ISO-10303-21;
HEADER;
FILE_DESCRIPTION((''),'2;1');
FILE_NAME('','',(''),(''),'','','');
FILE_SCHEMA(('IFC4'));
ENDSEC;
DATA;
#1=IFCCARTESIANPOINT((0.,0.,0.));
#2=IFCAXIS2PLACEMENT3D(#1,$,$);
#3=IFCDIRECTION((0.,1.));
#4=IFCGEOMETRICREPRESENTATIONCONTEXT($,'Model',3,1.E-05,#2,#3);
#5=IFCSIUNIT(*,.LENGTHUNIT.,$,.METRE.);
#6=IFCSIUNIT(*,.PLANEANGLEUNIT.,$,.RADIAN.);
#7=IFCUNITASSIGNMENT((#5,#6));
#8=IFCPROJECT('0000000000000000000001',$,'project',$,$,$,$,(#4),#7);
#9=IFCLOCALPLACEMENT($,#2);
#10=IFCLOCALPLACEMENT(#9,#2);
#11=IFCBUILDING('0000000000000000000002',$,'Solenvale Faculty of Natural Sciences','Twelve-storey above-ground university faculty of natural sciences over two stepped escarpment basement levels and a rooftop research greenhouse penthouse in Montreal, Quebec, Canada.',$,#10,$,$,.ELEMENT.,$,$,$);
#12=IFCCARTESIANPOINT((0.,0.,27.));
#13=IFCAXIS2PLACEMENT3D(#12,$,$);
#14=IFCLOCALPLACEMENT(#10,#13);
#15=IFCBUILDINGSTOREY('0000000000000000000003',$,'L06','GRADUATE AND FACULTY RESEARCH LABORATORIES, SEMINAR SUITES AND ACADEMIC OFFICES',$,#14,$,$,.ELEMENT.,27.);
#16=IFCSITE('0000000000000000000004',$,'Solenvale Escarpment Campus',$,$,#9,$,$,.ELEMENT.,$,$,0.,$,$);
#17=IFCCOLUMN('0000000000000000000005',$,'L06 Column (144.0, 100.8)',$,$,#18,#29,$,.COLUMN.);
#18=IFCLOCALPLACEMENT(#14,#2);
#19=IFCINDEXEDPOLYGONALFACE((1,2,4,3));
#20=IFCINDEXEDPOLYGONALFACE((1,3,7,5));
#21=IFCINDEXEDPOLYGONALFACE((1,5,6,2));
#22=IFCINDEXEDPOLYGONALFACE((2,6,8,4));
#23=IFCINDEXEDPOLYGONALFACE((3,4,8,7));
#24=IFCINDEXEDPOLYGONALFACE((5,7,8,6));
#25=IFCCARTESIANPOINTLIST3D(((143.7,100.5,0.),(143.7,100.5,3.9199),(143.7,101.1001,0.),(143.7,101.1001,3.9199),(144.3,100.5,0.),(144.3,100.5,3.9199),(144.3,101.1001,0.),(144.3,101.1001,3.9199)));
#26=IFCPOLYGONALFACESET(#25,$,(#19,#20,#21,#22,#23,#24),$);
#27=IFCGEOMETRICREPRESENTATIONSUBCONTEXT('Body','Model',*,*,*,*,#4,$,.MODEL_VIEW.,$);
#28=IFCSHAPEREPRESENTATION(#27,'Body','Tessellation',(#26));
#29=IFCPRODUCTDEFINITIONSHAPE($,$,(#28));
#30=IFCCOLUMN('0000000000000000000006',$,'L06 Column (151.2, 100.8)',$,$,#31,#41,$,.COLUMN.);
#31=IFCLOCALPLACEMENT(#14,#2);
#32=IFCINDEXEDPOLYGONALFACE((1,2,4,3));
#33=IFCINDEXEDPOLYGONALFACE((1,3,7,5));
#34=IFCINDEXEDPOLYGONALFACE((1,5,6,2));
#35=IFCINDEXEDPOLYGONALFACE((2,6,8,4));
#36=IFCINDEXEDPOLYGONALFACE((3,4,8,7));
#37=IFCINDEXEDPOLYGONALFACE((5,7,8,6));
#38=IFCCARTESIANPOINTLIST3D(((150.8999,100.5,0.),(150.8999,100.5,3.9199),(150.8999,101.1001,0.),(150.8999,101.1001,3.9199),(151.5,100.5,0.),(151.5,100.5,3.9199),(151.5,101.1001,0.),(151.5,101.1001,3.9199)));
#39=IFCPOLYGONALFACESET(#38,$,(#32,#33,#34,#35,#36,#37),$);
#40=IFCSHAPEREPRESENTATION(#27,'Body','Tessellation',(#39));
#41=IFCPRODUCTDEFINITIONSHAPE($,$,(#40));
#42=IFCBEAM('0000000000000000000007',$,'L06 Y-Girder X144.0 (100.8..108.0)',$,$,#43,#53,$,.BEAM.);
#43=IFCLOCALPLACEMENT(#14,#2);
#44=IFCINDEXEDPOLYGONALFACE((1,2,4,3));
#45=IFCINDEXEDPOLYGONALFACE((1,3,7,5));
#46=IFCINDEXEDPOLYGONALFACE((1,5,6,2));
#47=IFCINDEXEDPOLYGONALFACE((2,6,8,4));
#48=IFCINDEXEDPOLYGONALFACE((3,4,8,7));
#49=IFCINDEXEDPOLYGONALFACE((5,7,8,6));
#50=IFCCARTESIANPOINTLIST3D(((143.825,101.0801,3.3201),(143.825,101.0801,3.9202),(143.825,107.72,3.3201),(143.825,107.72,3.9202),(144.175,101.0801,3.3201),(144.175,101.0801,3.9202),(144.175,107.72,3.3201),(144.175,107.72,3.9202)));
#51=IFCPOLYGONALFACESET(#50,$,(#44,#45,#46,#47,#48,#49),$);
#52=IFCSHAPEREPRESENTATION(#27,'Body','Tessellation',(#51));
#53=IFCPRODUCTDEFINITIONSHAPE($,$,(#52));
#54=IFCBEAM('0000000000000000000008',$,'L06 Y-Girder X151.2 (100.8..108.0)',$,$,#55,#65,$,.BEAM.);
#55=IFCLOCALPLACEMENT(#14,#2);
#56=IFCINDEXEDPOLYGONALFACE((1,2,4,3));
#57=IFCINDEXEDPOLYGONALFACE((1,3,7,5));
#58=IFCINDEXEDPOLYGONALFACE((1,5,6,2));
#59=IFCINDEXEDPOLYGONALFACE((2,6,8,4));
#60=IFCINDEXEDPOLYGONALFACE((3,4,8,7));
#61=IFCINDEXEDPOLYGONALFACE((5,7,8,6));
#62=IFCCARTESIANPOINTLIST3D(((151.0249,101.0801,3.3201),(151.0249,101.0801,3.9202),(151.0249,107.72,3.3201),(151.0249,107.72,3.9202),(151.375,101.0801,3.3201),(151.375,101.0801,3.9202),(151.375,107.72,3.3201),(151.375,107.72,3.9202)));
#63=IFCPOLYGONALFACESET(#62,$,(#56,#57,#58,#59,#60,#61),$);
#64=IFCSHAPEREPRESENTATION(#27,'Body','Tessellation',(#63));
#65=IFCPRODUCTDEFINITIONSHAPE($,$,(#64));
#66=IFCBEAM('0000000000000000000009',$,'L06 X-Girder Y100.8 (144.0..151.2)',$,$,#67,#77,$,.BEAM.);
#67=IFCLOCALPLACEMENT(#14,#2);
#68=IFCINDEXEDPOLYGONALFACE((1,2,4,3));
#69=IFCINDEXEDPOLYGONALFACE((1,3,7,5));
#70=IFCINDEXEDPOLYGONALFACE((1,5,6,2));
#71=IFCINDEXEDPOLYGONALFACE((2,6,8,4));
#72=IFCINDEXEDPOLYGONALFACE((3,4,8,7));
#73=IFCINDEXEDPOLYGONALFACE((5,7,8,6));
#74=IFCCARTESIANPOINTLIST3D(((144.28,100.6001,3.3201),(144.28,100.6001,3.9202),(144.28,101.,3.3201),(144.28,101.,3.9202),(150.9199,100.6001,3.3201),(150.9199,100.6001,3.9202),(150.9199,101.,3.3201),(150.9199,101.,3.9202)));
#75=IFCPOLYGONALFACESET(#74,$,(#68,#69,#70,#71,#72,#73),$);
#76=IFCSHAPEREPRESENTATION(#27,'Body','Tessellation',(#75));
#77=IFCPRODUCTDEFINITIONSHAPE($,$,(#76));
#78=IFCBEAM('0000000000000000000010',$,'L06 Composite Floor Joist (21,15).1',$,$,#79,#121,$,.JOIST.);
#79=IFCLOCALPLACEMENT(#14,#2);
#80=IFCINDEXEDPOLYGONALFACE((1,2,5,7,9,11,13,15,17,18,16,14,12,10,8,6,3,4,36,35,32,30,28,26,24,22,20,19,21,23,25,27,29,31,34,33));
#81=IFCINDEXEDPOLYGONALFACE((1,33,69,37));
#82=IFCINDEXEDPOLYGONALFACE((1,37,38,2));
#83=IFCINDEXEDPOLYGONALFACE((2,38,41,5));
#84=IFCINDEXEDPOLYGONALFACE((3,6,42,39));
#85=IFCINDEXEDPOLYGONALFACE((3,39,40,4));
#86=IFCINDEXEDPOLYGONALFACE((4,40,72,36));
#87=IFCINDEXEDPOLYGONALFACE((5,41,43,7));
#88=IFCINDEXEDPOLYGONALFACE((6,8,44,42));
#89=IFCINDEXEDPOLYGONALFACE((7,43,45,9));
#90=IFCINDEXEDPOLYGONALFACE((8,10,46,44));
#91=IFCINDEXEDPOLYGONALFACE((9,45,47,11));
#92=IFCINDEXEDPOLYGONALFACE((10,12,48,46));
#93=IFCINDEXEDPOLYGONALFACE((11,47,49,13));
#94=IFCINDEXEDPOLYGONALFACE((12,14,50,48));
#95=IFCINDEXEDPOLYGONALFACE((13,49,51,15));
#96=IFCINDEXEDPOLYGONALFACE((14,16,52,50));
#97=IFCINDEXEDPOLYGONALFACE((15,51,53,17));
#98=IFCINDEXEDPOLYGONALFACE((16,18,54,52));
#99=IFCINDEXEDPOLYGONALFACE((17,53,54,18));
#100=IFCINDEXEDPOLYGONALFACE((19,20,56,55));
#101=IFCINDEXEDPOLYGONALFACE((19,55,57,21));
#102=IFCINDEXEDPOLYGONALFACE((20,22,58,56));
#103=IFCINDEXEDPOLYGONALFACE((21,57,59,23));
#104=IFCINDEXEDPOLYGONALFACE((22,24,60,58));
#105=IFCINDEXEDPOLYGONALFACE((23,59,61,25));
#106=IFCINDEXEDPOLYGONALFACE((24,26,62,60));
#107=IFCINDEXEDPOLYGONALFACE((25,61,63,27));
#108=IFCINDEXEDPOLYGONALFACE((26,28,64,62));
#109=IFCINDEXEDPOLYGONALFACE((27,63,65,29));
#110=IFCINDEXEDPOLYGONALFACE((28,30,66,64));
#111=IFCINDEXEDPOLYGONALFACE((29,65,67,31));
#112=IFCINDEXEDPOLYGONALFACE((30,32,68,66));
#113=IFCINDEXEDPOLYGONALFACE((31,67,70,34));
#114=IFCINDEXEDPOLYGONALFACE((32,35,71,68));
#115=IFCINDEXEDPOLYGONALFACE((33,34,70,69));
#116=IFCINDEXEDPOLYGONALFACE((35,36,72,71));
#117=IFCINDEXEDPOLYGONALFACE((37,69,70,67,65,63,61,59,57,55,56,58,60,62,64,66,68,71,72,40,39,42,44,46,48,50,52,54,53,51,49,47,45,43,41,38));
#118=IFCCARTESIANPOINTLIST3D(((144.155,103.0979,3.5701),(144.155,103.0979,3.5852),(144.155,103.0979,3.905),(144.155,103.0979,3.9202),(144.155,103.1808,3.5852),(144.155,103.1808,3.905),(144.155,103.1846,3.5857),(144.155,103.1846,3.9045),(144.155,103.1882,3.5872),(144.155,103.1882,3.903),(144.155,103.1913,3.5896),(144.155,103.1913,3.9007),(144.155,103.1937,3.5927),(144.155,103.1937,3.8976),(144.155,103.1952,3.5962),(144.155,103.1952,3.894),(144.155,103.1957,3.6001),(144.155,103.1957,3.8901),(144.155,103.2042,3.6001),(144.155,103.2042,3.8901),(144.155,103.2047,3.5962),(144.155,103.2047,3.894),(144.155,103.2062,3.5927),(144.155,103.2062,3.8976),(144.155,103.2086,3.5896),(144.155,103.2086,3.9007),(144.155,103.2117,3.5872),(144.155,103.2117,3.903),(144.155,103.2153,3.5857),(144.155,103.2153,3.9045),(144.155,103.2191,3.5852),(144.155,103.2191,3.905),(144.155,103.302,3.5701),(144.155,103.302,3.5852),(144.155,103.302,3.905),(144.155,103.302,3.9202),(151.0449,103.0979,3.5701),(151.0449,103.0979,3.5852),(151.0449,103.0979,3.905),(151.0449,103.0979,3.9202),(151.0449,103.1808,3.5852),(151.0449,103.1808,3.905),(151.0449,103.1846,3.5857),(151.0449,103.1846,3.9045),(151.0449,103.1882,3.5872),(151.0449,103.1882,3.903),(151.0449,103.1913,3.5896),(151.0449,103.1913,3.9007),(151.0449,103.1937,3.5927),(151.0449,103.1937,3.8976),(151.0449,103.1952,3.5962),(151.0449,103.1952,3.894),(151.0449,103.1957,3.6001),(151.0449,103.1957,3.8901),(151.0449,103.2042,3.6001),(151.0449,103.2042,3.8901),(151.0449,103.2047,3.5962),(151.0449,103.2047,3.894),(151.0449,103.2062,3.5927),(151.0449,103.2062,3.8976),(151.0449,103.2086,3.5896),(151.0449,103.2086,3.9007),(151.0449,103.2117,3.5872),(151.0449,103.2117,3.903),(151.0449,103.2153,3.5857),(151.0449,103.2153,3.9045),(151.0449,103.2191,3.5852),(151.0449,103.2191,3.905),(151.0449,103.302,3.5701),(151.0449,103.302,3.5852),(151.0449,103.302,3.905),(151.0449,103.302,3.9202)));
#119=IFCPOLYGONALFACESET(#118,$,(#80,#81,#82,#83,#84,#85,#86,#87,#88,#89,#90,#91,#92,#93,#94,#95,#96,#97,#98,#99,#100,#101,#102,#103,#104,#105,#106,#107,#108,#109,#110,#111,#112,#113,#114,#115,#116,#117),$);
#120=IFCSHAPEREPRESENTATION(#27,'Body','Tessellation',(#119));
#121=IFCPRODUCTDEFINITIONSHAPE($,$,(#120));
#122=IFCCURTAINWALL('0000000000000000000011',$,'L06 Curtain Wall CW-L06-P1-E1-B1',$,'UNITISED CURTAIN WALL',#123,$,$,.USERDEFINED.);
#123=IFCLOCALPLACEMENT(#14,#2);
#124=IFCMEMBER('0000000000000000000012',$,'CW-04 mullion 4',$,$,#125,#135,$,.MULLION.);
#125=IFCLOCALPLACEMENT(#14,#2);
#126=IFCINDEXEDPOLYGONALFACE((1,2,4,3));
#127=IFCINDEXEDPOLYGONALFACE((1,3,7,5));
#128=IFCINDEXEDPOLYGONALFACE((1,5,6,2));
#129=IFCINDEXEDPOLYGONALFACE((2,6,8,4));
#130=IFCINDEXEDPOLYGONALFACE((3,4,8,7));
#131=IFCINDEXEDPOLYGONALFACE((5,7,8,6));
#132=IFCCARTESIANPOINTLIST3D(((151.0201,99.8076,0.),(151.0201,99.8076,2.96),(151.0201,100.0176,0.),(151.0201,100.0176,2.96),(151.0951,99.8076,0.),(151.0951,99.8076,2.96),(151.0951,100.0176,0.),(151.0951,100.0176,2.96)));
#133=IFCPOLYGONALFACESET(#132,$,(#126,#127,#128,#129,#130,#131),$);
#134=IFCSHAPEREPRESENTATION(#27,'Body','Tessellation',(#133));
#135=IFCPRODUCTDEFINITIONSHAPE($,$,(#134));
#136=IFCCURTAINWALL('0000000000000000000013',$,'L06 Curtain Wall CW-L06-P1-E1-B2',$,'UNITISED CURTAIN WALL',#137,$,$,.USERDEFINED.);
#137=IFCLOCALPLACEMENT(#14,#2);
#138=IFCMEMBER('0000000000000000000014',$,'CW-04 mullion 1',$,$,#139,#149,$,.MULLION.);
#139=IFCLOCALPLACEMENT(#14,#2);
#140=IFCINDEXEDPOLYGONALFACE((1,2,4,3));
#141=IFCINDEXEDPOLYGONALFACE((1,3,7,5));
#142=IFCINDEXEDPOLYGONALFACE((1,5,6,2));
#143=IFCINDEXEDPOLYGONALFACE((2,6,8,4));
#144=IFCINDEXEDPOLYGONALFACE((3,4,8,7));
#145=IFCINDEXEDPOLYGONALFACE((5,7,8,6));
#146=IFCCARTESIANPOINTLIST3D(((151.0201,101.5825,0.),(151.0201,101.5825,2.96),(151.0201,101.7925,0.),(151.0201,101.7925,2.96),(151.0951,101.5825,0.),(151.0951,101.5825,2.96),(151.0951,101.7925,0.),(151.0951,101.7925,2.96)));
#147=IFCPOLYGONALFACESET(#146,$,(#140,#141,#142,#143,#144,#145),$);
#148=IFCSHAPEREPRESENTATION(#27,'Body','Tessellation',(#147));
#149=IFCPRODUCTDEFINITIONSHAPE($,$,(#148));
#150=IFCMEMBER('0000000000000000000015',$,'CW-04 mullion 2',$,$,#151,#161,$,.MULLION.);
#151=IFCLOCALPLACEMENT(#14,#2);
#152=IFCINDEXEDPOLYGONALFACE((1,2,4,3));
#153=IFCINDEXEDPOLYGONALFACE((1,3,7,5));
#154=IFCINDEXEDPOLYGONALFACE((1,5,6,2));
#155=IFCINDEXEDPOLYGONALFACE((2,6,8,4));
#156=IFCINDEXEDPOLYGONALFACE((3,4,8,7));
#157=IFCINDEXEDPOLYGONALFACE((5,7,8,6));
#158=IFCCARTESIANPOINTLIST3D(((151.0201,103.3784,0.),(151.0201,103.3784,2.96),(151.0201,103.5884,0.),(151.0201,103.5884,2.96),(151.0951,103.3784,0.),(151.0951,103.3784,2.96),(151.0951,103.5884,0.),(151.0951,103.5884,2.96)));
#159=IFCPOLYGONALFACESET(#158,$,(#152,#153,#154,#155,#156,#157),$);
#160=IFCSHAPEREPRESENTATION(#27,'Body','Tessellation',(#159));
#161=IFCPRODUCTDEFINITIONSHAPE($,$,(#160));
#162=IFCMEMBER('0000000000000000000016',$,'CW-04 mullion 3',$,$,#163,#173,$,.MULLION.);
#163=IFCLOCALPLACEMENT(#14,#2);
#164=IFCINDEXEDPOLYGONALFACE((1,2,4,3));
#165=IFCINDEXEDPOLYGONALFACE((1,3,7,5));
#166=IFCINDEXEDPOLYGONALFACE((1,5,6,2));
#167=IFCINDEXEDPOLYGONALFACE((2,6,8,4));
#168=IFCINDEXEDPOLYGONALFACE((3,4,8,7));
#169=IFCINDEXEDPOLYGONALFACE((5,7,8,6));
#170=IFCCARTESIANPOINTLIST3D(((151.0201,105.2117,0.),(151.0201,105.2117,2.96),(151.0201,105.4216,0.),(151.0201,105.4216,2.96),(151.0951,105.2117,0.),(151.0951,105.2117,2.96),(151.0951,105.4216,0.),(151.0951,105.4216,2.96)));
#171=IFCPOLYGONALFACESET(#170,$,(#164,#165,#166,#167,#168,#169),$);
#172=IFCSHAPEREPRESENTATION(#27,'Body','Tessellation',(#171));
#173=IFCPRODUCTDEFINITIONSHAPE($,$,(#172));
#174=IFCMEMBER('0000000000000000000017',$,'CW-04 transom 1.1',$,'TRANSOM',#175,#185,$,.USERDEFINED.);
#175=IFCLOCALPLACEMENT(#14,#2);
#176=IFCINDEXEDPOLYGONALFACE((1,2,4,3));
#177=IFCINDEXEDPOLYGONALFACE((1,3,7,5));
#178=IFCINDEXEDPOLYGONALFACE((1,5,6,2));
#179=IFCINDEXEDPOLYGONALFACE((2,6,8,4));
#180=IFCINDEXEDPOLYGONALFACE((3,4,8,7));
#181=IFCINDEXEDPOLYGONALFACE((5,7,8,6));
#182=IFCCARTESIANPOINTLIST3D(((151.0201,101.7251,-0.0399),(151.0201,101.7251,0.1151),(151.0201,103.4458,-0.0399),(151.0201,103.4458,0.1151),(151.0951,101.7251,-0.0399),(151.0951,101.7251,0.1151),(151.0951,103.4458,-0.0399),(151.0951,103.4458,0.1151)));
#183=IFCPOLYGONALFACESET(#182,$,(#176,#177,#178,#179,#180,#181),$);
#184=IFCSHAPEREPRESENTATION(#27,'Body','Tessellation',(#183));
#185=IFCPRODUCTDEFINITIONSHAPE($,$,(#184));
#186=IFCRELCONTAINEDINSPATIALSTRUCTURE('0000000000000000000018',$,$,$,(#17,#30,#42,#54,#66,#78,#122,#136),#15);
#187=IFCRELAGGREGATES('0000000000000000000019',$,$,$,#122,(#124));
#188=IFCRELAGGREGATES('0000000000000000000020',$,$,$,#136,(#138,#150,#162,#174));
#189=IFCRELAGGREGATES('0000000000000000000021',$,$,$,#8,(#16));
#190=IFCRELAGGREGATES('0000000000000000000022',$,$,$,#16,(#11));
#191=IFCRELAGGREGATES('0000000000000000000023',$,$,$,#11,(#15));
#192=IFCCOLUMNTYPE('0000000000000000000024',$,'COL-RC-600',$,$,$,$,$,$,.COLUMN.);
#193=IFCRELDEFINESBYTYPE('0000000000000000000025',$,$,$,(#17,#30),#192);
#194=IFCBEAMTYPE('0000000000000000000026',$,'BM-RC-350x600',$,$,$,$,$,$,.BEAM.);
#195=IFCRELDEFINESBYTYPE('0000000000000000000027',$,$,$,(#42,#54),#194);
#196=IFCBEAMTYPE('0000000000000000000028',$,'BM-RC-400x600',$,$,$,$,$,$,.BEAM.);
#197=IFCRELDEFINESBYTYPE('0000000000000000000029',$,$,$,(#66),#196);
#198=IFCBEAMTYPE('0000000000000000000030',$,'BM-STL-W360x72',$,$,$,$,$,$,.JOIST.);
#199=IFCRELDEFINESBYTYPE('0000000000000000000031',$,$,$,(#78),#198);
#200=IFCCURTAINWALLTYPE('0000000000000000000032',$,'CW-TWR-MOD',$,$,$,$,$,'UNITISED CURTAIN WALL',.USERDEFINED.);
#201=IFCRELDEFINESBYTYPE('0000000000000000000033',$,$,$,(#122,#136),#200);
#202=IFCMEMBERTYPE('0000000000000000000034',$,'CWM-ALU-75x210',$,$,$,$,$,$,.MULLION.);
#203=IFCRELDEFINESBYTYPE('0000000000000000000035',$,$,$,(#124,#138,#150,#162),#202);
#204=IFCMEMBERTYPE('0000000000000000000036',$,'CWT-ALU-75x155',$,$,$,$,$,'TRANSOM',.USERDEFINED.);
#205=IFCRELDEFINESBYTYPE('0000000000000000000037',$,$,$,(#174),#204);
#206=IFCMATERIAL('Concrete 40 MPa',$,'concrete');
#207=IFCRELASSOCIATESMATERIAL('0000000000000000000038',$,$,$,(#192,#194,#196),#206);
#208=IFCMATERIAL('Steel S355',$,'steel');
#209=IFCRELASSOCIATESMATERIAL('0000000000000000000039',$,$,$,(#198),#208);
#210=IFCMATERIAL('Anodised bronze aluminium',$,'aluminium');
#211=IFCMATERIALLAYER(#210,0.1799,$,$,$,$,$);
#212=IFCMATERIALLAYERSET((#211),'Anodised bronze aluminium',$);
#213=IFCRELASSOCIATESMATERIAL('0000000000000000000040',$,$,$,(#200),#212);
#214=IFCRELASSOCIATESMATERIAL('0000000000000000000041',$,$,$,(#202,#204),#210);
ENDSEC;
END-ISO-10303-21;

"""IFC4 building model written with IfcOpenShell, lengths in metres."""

from ifc_helpers import new_model, si_unit, direction, frame, origin, origin_2d, place, context, subcontext, project, spatial, rectangle, i_section, extrude, material, layer, layer_set, material_profile, profile_set, type_object, element, aggregate, save


model = new_model("IFC4")

# Units and contexts
model_context = context("Model", 3, precision=1e-05, world=origin(), true_north=direction((0.0, 1.0)))
body_context = subcontext(model_context, "Body", "Model", "MODEL_VIEW")
ifc_project = project(units=[si_unit("LENGTHUNIT", "METRE"), si_unit("PLANEANGLEUNIT", "RADIAN")], contexts=[model_context])

# Site, building, storey
site_placement = place(None, origin())
site = spatial("IfcSite", under=ifc_project, at=site_placement, Name="Solenvale Escarpment Campus", CompositionType="ELEMENT", RefElevation=0.0)
building_placement = place(site_placement, origin())
building = spatial("IfcBuilding", under=site, at=building_placement, Name="Solenvale Faculty of Natural Sciences", Description="Twelve-storey above-ground university faculty of natural sciences over two stepped escarpment basement levels and a rooftop research greenhouse penthouse in Montreal, Quebec, Canada.", CompositionType="ELEMENT")
storey_placement = place(building_placement, frame((0.0, 0.0, 27.0)))
storey = spatial("IfcBuildingStorey", under=building, at=storey_placement, Name="L06", Description="GRADUATE AND FACULTY RESEARCH LABORATORIES, SEMINAR SUITES AND ACADEMIC OFFICES", CompositionType="ELEMENT", Elevation=27.0)

# Columns
ifc_material_1 = material(Name="Concrete 40 MPa", Category="concrete")
ifc_material_profile_1 = material_profile(ifc_material_1, rectangle(XDim=0.6001, YDim=0.6001, at=origin_2d()), Name="RC-COL-600x600")
ifc_profile_set_1 = profile_set([ifc_material_profile_1], Name="Concrete 40 MPa")
column_type = type_object("IfcColumnType", Name="COL-RC-600", PredefinedType="COLUMN", material=ifc_profile_set_1)
for number, where, z_axis, x_axis, name in (
    (1, (144.0, 100.8, 0.0), (0.0, 0.0, 1.0), (1.0, 0.0, 0.0), "L06 Column (144.0, 100.8)"),
    (2, (151.2, 100.8, 0.0), (0.0, 0.0, 1.0), (1.0, 0.0, 0.0), "L06 Column (151.2, 100.8)"),
):
    element("IfcColumn", number, at=place(storey_placement, frame(where, z_axis=z_axis, x_axis=x_axis)), inside=storey, type_object=column_type, Name=name, PredefinedType="COLUMN", context=body_context, shape_type="SweptSolid", body=[
        extrude(rectangle(XDim=0.6001, YDim=0.6001, at=origin_2d()), origin(), (0.0, 0.0, 1.0), 3.9199),
    ])

# Beams
ifc_material_profile_2 = material_profile(ifc_material_1, rectangle(XDim=0.3501, YDim=0.6001, at=origin_2d()), Name="RC-BM-350x600")
ifc_profile_set_2 = profile_set([ifc_material_profile_2], Name="Concrete 40 MPa")
beam_type_1 = type_object("IfcBeamType", Name="BM-RC-350x600", PredefinedType="BEAM", material=ifc_profile_set_2)
for number, where, z_axis, x_axis, name in (
    (3, (144.0, 101.0801, 3.6201), (0.0, 1.0, 0.0), (-1.0, 0.0, 0.0), "L06 Y-Girder X144.0 (100.8..108.0)"),
    (4, (151.2, 101.0801, 3.6201), (0.0, 1.0, 0.0), (-1.0, 0.0, 0.0), "L06 Y-Girder X151.2 (100.8..108.0)"),
):
    element("IfcBeam", number, at=place(storey_placement, frame(where, z_axis=z_axis, x_axis=x_axis)), inside=storey, type_object=beam_type_1, Name=name, PredefinedType="BEAM", context=body_context, shape_type="SweptSolid", body=[
        extrude(rectangle(XDim=0.3501, YDim=0.6001, at=origin_2d()), origin(), (0.0, 0.0, 1.0), 6.6399),
    ])
ifc_material_profile_3 = material_profile(ifc_material_1, rectangle(XDim=0.3999, YDim=0.6001, at=origin_2d()), Name="RC-BM-400x600")
ifc_profile_set_3 = profile_set([ifc_material_profile_3], Name="Concrete 40 MPa")
beam_type_2 = type_object("IfcBeamType", Name="BM-RC-400x600", PredefinedType="BEAM", material=ifc_profile_set_3)
beam_1_placement = place(storey_placement, frame((144.28, 100.8, 3.6201), z_axis=(1.0, 0.0, 0.0), x_axis=(0.0, 1.0, 0.0)))
element("IfcBeam", 5, at=beam_1_placement, inside=storey, type_object=beam_type_2, Name="L06 X-Girder Y100.8 (144.0..151.2)", PredefinedType="BEAM", context=body_context, shape_type="SweptSolid", body=[
    extrude(rectangle(XDim=0.3999, YDim=0.6001, at=origin_2d()), origin(), (0.0, 0.0, 1.0), 6.6399),
])
ifc_material_2 = material(Name="Steel S355", Category="steel")
ifc_material_profile_4 = material_profile(ifc_material_2, i_section(OverallWidth=0.2041, OverallDepth=0.3501, WebThickness=0.0085, FlangeThickness=0.0151, FilletRadius=0.0149, at=origin_2d()), Name="W360x72")
ifc_profile_set_4 = profile_set([ifc_material_profile_4], Name="Steel S355")
beam_type_3 = type_object("IfcBeamType", Name="BM-STL-W360x72", PredefinedType="JOIST", material=ifc_profile_set_4)
beam_2_placement = place(storey_placement, frame((144.155, 103.2, 3.7451), z_axis=(1.0, 0.0, 0.0), x_axis=(0.0, 1.0, 0.0)))
element("IfcBeam", 6, at=beam_2_placement, inside=storey, type_object=beam_type_3, Name="L06 Composite Floor Joist (21,15).1", PredefinedType="JOIST", context=body_context, shape_type="SweptSolid", body=[
    extrude(i_section(OverallWidth=0.2041, OverallDepth=0.3501, WebThickness=0.0085, FlangeThickness=0.0151, FilletRadius=0.0149, at=origin_2d()), origin(), (0.0, 0.0, 1.0), 6.8899),
])

# Curtain wall, member
ifc_material_3 = material(Name="Anodised bronze aluminium", Category="aluminium")
ifc_layer_1 = layer(ifc_material_3, 0.1799)
ifc_layer_set_1 = layer_set([ifc_layer_1], Name="Anodised bronze aluminium")
curtain_wall_type = type_object("IfcCurtainWallType", Name="CW-TWR-MOD", ElementType="UNITISED CURTAIN WALL", PredefinedType="USERDEFINED", material=ifc_layer_set_1)
curtain_wall_1_placement = place(storey_placement, origin())
curtain_wall_1 = element("IfcCurtainWall", 7, at=curtain_wall_1_placement, inside=storey, type_object=curtain_wall_type, Name="L06 Curtain Wall CW-L06-P1-E1-B1", ObjectType="UNITISED CURTAIN WALL", PredefinedType="USERDEFINED")
ifc_material_profile_5 = material_profile(ifc_material_3, rectangle(XDim=0.075, YDim=0.21, at=origin_2d()), Name="ALU-MUL-75x210")
ifc_profile_set_5 = profile_set([ifc_material_profile_5], Name="Anodised bronze aluminium")
member_type_1 = type_object("IfcMemberType", Name="CWM-ALU-75x210", PredefinedType="MULLION", material=ifc_profile_set_5)
member_1_placement = place(storey_placement, frame((151.0576, 99.9126, 0.0), z_axis=(0.0, 0.0, 1.0), x_axis=(-1.0, 0.0, 0.0)))
member_1 = element("IfcMember", 8, at=member_1_placement, type_object=member_type_1, Name="CW-04 mullion 4", PredefinedType="MULLION", context=body_context, shape_type="SweptSolid", body=[
    extrude(rectangle(XDim=0.075, YDim=0.21, at=origin_2d()), origin(), (0.0, 0.0, 1.0), 2.96),
])

# Curtain wall, members
curtain_wall_2_placement = place(storey_placement, origin())
curtain_wall_2 = element("IfcCurtainWall", 9, at=curtain_wall_2_placement, inside=storey, type_object=curtain_wall_type, Name="L06 Curtain Wall CW-L06-P1-E1-B2", ObjectType="UNITISED CURTAIN WALL", PredefinedType="USERDEFINED")
member_2_placement = place(storey_placement, frame((151.0576, 101.6875, 0.0), z_axis=(0.0, 0.0, 1.0), x_axis=(-1.0, 0.0, 0.0)))
member_2 = element("IfcMember", 10, at=member_2_placement, type_object=member_type_1, Name="CW-04 mullion 1", PredefinedType="MULLION", context=body_context, shape_type="SweptSolid", body=[
    extrude(rectangle(XDim=0.075, YDim=0.21, at=origin_2d()), origin(), (0.0, 0.0, 1.0), 2.96),
])
member_3_placement = place(storey_placement, frame((151.0576, 103.4834, 0.0), z_axis=(0.0, 0.0, 1.0), x_axis=(-1.0, 0.0, 0.0)))
member_3 = element("IfcMember", 11, at=member_3_placement, type_object=member_type_1, Name="CW-04 mullion 2", PredefinedType="MULLION", context=body_context, shape_type="SweptSolid", body=[
    extrude(rectangle(XDim=0.075, YDim=0.21, at=origin_2d()), origin(), (0.0, 0.0, 1.0), 2.96),
])
member_4_placement = place(storey_placement, frame((151.0576, 105.3167, 0.0), z_axis=(0.0, 0.0, 1.0), x_axis=(-1.0, 0.0, 0.0)))
member_4 = element("IfcMember", 12, at=member_4_placement, type_object=member_type_1, Name="CW-04 mullion 3", PredefinedType="MULLION", context=body_context, shape_type="SweptSolid", body=[
    extrude(rectangle(XDim=0.075, YDim=0.21, at=origin_2d()), origin(), (0.0, 0.0, 1.0), 2.96),
])
ifc_material_profile_6 = material_profile(ifc_material_3, rectangle(XDim=0.075, YDim=0.155, at=origin_2d()), Name="ALU-TRN-75x155")
ifc_profile_set_6 = profile_set([ifc_material_profile_6], Name="Anodised bronze aluminium")
member_type_2 = type_object("IfcMemberType", Name="CWT-ALU-75x155", ElementType="TRANSOM", PredefinedType="USERDEFINED", material=ifc_profile_set_6)
member_5_placement = place(storey_placement, frame((151.0576, 101.7251, 0.0376), z_axis=(0.0, 1.0, 0.0), x_axis=(-1.0, 0.0, 0.0)))
member_5 = element("IfcMember", 13, at=member_5_placement, type_object=member_type_2, Name="CW-04 transom 1.1", ObjectType="TRANSOM", PredefinedType="USERDEFINED", context=body_context, shape_type="SweptSolid", body=[
    extrude(rectangle(XDim=0.075, YDim=0.155, at=origin_2d()), origin(), (0.0, 0.0, 1.0), 1.7207),
])

aggregate(curtain_wall_1, [member_1])
aggregate(curtain_wall_2, [member_2, member_3, member_4, member_5])

save(model, "model.ifc")
